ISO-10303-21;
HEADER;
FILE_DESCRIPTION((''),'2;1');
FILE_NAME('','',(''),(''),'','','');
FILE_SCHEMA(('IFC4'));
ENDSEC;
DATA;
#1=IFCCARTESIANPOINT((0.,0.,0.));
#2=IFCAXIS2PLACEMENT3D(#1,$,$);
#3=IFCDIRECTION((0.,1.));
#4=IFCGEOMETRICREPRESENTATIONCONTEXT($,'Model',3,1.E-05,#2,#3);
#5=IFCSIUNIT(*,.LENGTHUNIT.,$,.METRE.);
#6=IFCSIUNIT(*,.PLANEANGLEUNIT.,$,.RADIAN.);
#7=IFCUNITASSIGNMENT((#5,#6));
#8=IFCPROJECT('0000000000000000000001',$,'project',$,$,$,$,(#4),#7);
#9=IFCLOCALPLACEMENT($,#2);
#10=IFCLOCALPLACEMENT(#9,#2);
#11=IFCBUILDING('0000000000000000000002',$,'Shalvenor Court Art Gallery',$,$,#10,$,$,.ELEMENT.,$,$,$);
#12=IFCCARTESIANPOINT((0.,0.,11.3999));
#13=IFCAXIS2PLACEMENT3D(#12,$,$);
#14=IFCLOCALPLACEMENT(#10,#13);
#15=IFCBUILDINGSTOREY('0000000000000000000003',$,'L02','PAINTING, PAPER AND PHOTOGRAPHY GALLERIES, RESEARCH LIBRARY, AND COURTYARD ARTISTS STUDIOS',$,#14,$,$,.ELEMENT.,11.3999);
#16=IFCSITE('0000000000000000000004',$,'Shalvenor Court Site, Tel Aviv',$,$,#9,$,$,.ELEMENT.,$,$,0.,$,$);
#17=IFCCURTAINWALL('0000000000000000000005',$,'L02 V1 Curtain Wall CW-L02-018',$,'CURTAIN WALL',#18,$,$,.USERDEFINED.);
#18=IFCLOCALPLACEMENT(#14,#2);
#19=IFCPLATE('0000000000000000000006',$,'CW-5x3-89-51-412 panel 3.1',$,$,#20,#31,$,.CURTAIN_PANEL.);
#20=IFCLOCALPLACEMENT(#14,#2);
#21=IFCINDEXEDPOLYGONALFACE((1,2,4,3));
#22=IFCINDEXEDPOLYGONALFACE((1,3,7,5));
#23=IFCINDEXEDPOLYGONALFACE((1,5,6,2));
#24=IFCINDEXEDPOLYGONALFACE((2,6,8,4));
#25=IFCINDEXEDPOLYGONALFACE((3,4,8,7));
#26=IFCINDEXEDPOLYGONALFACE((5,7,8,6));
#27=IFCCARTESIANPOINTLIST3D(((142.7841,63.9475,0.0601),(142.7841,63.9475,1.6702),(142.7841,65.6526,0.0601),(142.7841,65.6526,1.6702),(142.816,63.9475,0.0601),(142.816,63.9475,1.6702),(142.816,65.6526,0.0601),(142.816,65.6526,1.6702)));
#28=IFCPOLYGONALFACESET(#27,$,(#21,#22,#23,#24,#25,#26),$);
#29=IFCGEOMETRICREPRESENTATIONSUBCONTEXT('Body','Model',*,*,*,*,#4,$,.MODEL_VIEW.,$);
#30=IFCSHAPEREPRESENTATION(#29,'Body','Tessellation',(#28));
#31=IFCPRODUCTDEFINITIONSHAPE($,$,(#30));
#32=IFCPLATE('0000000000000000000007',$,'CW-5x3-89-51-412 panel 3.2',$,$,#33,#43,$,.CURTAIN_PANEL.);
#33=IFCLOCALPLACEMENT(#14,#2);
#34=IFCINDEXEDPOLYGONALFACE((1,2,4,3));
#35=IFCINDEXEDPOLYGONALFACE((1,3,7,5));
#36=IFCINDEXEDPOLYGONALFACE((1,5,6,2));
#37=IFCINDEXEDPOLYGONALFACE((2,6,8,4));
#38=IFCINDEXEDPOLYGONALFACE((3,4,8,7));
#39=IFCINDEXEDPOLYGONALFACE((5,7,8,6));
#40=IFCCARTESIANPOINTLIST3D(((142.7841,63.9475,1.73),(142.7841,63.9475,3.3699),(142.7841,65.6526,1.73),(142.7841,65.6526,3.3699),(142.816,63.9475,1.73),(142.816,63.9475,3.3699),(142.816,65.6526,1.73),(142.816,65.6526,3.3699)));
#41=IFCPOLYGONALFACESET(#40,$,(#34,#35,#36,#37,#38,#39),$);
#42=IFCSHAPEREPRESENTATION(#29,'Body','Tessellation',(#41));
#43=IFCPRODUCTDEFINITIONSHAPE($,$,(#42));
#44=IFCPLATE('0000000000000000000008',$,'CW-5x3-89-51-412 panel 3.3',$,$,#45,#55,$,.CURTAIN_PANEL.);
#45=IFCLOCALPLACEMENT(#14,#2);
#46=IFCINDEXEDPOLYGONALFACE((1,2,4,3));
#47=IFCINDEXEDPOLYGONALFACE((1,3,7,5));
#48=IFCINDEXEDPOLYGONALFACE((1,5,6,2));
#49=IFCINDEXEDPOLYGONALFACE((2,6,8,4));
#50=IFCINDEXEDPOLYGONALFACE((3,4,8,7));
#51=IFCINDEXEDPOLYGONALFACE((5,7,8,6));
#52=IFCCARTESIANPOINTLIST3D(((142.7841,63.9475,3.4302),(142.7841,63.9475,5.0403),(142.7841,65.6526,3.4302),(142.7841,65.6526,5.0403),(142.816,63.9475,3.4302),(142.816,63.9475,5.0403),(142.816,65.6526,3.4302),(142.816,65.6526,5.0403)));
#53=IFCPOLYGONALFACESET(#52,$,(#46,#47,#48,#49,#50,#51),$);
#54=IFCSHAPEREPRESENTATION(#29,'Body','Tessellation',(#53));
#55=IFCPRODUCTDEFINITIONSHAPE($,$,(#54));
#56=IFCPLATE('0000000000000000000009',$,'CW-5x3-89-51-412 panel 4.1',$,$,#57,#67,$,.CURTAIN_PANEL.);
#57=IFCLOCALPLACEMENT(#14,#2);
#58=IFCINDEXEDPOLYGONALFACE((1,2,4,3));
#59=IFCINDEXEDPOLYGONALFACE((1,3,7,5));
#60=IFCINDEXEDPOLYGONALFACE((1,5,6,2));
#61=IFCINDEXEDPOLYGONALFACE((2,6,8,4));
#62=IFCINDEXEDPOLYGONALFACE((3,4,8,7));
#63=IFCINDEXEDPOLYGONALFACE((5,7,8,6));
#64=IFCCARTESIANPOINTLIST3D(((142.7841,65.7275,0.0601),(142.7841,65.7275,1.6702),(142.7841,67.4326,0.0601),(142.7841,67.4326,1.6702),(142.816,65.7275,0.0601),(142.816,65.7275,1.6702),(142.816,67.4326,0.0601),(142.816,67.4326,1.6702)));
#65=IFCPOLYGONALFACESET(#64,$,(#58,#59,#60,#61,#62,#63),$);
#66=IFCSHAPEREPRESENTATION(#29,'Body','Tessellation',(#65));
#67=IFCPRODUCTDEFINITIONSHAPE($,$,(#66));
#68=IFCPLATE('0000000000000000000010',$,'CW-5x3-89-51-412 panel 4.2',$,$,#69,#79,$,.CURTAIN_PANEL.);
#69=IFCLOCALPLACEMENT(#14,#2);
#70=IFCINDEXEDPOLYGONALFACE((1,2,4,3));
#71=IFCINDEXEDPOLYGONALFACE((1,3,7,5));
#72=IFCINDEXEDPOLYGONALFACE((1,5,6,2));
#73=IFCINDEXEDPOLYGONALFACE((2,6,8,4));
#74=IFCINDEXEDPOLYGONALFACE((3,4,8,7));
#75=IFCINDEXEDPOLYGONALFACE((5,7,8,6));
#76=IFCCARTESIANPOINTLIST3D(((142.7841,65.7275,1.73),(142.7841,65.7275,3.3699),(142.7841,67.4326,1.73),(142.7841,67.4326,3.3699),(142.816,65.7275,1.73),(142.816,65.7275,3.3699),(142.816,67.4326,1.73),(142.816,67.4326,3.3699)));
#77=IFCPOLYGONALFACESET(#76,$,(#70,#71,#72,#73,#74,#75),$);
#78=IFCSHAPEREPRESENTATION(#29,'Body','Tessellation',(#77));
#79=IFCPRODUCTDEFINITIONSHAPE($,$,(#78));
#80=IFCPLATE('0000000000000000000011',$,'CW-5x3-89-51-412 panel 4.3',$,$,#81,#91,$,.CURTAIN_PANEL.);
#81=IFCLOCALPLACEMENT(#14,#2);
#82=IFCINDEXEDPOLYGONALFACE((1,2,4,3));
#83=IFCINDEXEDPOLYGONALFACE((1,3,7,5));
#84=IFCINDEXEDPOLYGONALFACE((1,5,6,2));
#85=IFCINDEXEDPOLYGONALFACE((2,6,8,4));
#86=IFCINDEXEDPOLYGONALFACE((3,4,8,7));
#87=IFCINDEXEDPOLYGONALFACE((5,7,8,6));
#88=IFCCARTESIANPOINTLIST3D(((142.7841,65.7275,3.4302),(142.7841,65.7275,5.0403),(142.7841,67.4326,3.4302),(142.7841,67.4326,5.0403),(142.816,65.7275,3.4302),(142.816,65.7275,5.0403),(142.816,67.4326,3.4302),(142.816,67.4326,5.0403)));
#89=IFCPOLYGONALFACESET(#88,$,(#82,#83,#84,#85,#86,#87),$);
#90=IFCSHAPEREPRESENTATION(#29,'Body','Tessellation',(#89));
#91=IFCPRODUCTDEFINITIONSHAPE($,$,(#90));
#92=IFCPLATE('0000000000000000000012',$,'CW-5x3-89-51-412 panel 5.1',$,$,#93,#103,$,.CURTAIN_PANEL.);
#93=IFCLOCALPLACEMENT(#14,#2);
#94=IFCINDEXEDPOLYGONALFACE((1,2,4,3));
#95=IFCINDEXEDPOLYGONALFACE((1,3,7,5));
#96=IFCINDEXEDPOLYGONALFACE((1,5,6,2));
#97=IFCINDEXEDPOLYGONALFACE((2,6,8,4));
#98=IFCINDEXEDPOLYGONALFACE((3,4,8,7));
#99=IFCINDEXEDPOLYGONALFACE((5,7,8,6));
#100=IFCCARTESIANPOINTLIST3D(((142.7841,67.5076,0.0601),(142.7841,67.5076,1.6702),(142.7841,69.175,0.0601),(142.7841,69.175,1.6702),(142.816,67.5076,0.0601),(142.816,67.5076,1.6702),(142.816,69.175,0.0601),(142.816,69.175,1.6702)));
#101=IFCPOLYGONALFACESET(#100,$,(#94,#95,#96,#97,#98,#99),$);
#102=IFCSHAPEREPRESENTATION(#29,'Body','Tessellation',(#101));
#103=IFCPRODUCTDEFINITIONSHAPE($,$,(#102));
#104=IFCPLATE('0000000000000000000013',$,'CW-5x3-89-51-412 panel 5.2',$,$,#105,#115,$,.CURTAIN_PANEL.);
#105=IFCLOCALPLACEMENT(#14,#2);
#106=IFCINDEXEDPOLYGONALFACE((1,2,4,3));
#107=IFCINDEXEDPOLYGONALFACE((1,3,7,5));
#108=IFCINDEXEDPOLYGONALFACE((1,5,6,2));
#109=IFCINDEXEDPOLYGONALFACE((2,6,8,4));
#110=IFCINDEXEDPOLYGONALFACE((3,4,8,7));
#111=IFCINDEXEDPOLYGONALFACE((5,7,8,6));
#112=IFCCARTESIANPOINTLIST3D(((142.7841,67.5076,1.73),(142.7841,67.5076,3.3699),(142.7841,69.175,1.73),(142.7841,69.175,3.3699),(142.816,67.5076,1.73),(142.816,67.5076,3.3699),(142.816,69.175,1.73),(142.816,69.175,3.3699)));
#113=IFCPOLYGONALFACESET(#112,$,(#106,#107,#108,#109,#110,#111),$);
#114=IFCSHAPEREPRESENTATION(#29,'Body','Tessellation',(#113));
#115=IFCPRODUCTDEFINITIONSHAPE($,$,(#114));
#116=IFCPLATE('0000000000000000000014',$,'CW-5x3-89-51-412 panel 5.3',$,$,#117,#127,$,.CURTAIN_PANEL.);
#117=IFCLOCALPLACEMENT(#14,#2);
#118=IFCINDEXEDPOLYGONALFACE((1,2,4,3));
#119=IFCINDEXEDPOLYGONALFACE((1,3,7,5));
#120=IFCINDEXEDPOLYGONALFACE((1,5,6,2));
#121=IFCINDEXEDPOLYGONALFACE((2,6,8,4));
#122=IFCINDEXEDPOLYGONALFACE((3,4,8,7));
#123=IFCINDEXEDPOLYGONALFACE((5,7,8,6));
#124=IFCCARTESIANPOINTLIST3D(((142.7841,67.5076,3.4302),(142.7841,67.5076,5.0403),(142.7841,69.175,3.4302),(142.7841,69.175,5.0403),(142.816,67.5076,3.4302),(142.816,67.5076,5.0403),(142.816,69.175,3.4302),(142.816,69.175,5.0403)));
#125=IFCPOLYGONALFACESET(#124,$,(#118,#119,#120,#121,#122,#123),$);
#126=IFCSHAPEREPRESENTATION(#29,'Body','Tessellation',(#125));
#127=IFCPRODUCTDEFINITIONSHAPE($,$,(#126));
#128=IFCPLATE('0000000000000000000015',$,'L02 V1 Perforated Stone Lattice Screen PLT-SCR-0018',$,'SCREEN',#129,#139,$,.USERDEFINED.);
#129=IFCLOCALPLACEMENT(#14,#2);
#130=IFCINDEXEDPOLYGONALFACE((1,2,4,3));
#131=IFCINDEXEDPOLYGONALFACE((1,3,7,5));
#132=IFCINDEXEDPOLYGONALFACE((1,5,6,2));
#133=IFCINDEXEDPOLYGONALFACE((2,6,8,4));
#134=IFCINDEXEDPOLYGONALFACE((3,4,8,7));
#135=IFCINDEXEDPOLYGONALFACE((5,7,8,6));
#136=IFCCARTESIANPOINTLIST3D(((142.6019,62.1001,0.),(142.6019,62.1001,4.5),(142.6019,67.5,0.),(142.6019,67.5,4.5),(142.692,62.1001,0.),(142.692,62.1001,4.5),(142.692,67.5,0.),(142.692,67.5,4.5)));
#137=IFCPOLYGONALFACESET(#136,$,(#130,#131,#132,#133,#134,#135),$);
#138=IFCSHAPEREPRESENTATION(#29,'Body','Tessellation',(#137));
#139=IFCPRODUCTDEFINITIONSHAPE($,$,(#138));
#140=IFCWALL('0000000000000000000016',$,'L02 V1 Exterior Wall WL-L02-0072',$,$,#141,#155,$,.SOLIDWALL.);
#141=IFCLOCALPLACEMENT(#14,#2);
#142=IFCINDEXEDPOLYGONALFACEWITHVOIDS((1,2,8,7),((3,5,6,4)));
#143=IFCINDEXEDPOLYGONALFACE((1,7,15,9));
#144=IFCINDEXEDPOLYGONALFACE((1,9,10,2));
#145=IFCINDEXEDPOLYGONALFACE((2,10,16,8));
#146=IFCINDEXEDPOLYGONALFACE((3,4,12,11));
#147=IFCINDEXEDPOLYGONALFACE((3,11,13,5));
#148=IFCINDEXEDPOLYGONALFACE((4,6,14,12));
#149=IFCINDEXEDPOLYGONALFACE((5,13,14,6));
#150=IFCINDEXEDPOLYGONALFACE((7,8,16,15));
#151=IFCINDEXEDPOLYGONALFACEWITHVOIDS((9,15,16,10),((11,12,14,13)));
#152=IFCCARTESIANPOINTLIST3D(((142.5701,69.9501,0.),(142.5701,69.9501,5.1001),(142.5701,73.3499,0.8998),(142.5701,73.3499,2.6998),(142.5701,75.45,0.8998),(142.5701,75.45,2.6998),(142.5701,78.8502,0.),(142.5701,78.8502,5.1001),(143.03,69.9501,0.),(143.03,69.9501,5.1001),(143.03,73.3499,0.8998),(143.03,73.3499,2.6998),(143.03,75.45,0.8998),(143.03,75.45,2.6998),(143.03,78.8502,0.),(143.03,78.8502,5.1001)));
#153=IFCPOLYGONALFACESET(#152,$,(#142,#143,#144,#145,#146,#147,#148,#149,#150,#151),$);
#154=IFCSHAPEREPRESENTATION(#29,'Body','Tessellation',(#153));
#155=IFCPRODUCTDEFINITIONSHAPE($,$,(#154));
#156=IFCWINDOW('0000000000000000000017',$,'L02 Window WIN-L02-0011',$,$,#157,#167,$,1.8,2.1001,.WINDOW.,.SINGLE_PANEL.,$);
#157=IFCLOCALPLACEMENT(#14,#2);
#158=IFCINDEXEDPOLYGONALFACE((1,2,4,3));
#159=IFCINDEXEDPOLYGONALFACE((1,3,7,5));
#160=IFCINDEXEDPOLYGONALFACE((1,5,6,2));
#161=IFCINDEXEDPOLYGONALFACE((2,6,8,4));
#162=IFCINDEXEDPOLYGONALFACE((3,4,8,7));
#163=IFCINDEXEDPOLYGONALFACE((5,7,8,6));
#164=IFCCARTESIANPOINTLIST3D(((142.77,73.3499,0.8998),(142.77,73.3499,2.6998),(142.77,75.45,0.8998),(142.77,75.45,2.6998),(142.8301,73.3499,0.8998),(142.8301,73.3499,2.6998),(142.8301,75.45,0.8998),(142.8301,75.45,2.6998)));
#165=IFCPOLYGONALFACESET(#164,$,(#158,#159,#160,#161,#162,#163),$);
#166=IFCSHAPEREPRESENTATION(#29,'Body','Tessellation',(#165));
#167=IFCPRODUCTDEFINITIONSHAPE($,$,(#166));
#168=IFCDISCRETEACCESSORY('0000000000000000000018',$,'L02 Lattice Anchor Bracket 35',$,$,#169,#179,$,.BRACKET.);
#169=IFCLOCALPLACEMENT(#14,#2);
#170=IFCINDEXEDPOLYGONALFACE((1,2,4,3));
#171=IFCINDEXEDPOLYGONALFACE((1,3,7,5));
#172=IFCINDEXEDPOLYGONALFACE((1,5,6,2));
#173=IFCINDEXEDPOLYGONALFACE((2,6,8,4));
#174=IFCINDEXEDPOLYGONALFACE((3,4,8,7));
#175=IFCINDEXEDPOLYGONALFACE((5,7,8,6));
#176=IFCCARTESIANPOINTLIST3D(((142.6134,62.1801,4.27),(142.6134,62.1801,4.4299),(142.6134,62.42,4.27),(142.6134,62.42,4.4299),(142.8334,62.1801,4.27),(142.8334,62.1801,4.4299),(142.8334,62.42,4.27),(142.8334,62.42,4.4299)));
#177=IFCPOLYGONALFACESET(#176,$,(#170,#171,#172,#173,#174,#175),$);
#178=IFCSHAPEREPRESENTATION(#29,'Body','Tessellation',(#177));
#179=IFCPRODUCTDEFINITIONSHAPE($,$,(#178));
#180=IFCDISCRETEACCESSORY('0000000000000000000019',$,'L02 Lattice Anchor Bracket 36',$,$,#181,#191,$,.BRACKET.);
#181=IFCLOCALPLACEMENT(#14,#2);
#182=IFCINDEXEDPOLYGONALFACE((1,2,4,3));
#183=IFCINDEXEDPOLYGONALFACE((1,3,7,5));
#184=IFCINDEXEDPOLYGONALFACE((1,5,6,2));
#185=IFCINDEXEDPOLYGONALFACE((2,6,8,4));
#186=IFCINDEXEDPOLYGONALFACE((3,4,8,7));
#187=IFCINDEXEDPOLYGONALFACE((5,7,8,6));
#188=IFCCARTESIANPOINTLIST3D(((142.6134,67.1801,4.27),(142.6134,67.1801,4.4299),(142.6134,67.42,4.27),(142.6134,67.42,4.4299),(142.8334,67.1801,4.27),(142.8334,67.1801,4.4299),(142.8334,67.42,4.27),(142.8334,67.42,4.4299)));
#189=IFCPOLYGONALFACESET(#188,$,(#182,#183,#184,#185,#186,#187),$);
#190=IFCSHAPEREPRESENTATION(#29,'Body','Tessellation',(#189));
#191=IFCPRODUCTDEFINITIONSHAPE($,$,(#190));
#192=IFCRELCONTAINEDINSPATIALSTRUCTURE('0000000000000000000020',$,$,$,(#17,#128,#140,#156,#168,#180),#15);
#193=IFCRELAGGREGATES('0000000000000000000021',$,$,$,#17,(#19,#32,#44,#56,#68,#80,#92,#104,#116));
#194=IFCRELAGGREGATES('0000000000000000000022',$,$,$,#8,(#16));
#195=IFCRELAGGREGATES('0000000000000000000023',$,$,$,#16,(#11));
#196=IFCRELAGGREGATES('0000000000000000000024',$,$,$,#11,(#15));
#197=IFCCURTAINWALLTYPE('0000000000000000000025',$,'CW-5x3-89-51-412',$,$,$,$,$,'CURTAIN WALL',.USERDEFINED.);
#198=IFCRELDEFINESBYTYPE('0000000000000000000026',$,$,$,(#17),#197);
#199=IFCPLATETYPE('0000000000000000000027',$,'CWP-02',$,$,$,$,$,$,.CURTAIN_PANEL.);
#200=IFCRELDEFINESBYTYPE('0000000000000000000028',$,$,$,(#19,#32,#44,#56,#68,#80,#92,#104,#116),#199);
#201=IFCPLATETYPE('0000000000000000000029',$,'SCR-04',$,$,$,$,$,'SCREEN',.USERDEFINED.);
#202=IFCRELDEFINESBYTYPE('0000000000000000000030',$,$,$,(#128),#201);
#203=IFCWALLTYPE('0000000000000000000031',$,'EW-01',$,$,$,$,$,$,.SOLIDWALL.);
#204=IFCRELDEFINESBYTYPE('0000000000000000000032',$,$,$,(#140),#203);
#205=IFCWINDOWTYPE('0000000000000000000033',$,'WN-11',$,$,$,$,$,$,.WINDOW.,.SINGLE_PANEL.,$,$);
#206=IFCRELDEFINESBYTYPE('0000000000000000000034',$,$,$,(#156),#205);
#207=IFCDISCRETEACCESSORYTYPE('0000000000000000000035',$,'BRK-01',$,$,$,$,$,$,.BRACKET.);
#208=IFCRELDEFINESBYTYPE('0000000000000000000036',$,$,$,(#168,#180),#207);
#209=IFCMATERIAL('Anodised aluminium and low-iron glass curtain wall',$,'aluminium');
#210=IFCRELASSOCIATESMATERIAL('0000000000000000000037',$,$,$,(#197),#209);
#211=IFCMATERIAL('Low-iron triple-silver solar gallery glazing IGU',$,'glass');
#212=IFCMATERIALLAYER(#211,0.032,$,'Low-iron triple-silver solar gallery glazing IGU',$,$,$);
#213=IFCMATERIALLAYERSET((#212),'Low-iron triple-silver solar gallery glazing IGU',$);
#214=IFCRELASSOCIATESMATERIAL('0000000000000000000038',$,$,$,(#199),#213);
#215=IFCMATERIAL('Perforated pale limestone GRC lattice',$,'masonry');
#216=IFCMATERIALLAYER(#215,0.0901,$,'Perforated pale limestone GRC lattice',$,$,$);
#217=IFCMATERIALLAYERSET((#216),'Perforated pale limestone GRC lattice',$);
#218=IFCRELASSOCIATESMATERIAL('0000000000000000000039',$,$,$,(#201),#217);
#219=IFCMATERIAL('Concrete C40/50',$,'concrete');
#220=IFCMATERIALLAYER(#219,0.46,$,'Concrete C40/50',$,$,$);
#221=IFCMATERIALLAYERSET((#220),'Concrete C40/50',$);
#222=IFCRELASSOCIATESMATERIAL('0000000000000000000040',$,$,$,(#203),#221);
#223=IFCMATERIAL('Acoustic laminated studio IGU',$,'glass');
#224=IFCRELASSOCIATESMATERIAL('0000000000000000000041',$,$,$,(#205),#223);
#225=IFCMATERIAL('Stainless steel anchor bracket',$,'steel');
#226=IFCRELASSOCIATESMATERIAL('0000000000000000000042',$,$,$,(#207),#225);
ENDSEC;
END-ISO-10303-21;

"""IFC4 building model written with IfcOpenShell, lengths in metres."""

from ifc_helpers import new_model, si_unit, direction, frame, frame_2d, origin, origin_2d, place, context, subcontext, project, spatial, rectangle, extrude, material, layer, layer_set, type_object, element, fill, aggregate, save


model = new_model("IFC4")

# Units and contexts
model_context = context("Model", 3, precision=1e-05, world=origin(), true_north=direction((0.0, 1.0)))
body_context = subcontext(model_context, "Body", "Model", "MODEL_VIEW")
ifc_project = project(units=[si_unit("LENGTHUNIT", "METRE"), si_unit("PLANEANGLEUNIT", "RADIAN")], contexts=[model_context])

# Site, building, storey
site_placement = place(None, origin())
site = spatial("IfcSite", under=ifc_project, at=site_placement, Name="Shalvenor Court Site, Tel Aviv", CompositionType="ELEMENT", RefElevation=0.0)
building_placement = place(site_placement, origin())
building = spatial("IfcBuilding", under=site, at=building_placement, Name="Shalvenor Court Art Gallery", CompositionType="ELEMENT")
storey_placement = place(building_placement, frame((0.0, 0.0, 11.3999)))
storey = spatial("IfcBuildingStorey", under=building, at=storey_placement, Name="L02", Description="PAINTING, PAPER AND PHOTOGRAPHY GALLERIES, RESEARCH LIBRARY, AND COURTYARD ARTISTS STUDIOS", CompositionType="ELEMENT", Elevation=11.3999)

# Curtain wall, plates
ifc_material_1 = material(Name="Anodised aluminium and low-iron glass curtain wall", Category="aluminium")
curtain_wall_type = type_object("IfcCurtainWallType", Name="CW-5x3-89-51-412", ElementType="CURTAIN WALL", PredefinedType="USERDEFINED", material=ifc_material_1)
curtain_wall_placement = place(storey_placement, origin())
curtain_wall = element("IfcCurtainWall", 1, at=curtain_wall_placement, inside=storey, type_object=curtain_wall_type, Name="L02 V1 Curtain Wall CW-L02-018", ObjectType="CURTAIN WALL", PredefinedType="USERDEFINED")
ifc_material_2 = material(Name="Low-iron triple-silver solar gallery glazing IGU", Category="glass")
ifc_layer_1 = layer(ifc_material_2, 0.032, Name="Low-iron triple-silver solar gallery glazing IGU")
ifc_layer_set_1 = layer_set([ifc_layer_1], Name="Low-iron triple-silver solar gallery glazing IGU")
plate_type_1 = type_object("IfcPlateType", Name="CWP-02", PredefinedType="CURTAIN_PANEL", material=ifc_layer_set_1)
plate_1_placement = place(storey_placement, frame((142.8, 64.8, 0.0601), z_axis=(0.0, 0.0, 1.0), x_axis=(0.0, 1.0, 0.0)))
plate_1 = element("IfcPlate", 2, at=plate_1_placement, type_object=plate_type_1, Name="CW-5x3-89-51-412 panel 3.1", PredefinedType="CURTAIN_PANEL", context=body_context, shape_type="SweptSolid", body=[
    extrude(rectangle(XDim=1.7051, YDim=0.032, at=origin_2d()), origin(), (0.0, 0.0, 1.0), 1.6101),
])
plate_2_placement = place(storey_placement, frame((142.8, 64.8, 1.73), z_axis=(0.0, 0.0, 1.0), x_axis=(0.0, 1.0, 0.0)))
plate_2 = element("IfcPlate", 3, at=plate_2_placement, type_object=plate_type_1, Name="CW-5x3-89-51-412 panel 3.2", PredefinedType="CURTAIN_PANEL", context=body_context, shape_type="SweptSolid", body=[
    extrude(rectangle(XDim=1.7051, YDim=0.032, at=origin_2d()), origin(), (0.0, 0.0, 1.0), 1.6399),
])
plate_3_placement = place(storey_placement, frame((142.8, 64.8, 3.4302), z_axis=(0.0, 0.0, 1.0), x_axis=(0.0, 1.0, 0.0)))
plate_3 = element("IfcPlate", 4, at=plate_3_placement, type_object=plate_type_1, Name="CW-5x3-89-51-412 panel 3.3", PredefinedType="CURTAIN_PANEL", context=body_context, shape_type="SweptSolid", body=[
    extrude(rectangle(XDim=1.7051, YDim=0.032, at=origin_2d()), origin(), (0.0, 0.0, 1.0), 1.6101),
])
plate_4_placement = place(storey_placement, frame((142.8, 66.5801, 0.0601), z_axis=(0.0, 0.0, 1.0), x_axis=(0.0, 1.0, 0.0)))
plate_4 = element("IfcPlate", 5, at=plate_4_placement, type_object=plate_type_1, Name="CW-5x3-89-51-412 panel 4.1", PredefinedType="CURTAIN_PANEL", context=body_context, shape_type="SweptSolid", body=[
    extrude(rectangle(XDim=1.7051, YDim=0.032, at=origin_2d()), origin(), (0.0, 0.0, 1.0), 1.6101),
])
plate_5_placement = place(storey_placement, frame((142.8, 66.5801, 1.73), z_axis=(0.0, 0.0, 1.0), x_axis=(0.0, 1.0, 0.0)))
plate_5 = element("IfcPlate", 6, at=plate_5_placement, type_object=plate_type_1, Name="CW-5x3-89-51-412 panel 4.2", PredefinedType="CURTAIN_PANEL", context=body_context, shape_type="SweptSolid", body=[
    extrude(rectangle(XDim=1.7051, YDim=0.032, at=origin_2d()), origin(), (0.0, 0.0, 1.0), 1.6399),
])
plate_6_placement = place(storey_placement, frame((142.8, 66.5801, 3.4302), z_axis=(0.0, 0.0, 1.0), x_axis=(0.0, 1.0, 0.0)))
plate_6 = element("IfcPlate", 7, at=plate_6_placement, type_object=plate_type_1, Name="CW-5x3-89-51-412 panel 4.3", PredefinedType="CURTAIN_PANEL", context=body_context, shape_type="SweptSolid", body=[
    extrude(rectangle(XDim=1.7051, YDim=0.032, at=origin_2d()), origin(), (0.0, 0.0, 1.0), 1.6101),
])
plate_7_placement = place(storey_placement, frame((142.8, 68.3413, 0.0601), z_axis=(0.0, 0.0, 1.0), x_axis=(0.0, 1.0, 0.0)))
plate_7 = element("IfcPlate", 8, at=plate_7_placement, type_object=plate_type_1, Name="CW-5x3-89-51-412 panel 5.1", PredefinedType="CURTAIN_PANEL", context=body_context, shape_type="SweptSolid", body=[
    extrude(rectangle(XDim=1.6675, YDim=0.032, at=origin_2d()), origin(), (0.0, 0.0, 1.0), 1.6101),
])
plate_8_placement = place(storey_placement, frame((142.8, 68.3413, 1.73), z_axis=(0.0, 0.0, 1.0), x_axis=(0.0, 1.0, 0.0)))
plate_8 = element("IfcPlate", 9, at=plate_8_placement, type_object=plate_type_1, Name="CW-5x3-89-51-412 panel 5.2", PredefinedType="CURTAIN_PANEL", context=body_context, shape_type="SweptSolid", body=[
    extrude(rectangle(XDim=1.6675, YDim=0.032, at=origin_2d()), origin(), (0.0, 0.0, 1.0), 1.6399),
])
plate_9_placement = place(storey_placement, frame((142.8, 68.3413, 3.4302), z_axis=(0.0, 0.0, 1.0), x_axis=(0.0, 1.0, 0.0)))
plate_9 = element("IfcPlate", 10, at=plate_9_placement, type_object=plate_type_1, Name="CW-5x3-89-51-412 panel 5.3", PredefinedType="CURTAIN_PANEL", context=body_context, shape_type="SweptSolid", body=[
    extrude(rectangle(XDim=1.6675, YDim=0.032, at=origin_2d()), origin(), (0.0, 0.0, 1.0), 1.6101),
])
aggregate(curtain_wall, [plate_1, plate_2, plate_3, plate_4, plate_5, plate_6, plate_7, plate_8, plate_9])

# Plate
ifc_material_3 = material(Name="Perforated pale limestone GRC lattice", Category="masonry")
ifc_layer_2 = layer(ifc_material_3, 0.0901, Name="Perforated pale limestone GRC lattice")
ifc_layer_set_2 = layer_set([ifc_layer_2], Name="Perforated pale limestone GRC lattice")
plate_type_2 = type_object("IfcPlateType", Name="SCR-04", ElementType="SCREEN", PredefinedType="USERDEFINED", material=ifc_layer_set_2)
plate_10_placement = place(storey_placement, frame((142.647, 64.8, 0.0), z_axis=(0.0, 0.0, 1.0), x_axis=(0.0, 1.0, 0.0)))
element("IfcPlate", 11, at=plate_10_placement, inside=storey, type_object=plate_type_2, Name="L02 V1 Perforated Stone Lattice Screen PLT-SCR-0018", ObjectType="SCREEN", PredefinedType="USERDEFINED", context=body_context, shape_type="SweptSolid", body=[
    extrude(rectangle(XDim=5.3999, YDim=0.0901, at=origin_2d()), origin(), (0.0, 0.0, 1.0), 4.5),
])

# Wall, opening, window
ifc_material_4 = material(Name="Concrete C40/50", Category="concrete")
ifc_layer_3 = layer(ifc_material_4, 0.46, Name="Concrete C40/50")
ifc_layer_set_3 = layer_set([ifc_layer_3], Name="Concrete C40/50")
wall_type = type_object("IfcWallType", Name="EW-01", PredefinedType="SOLIDWALL", material=ifc_layer_set_3)
wall_placement = place(storey_placement, frame((142.8, 69.95, 0.0), z_axis=(0.0, 0.0, 1.0), x_axis=(0.0, 1.0, 0.0)))
wall = element("IfcWall", 12, at=wall_placement, inside=storey, type_object=wall_type, Name="L02 V1 Exterior Wall WL-L02-0072", PredefinedType="SOLIDWALL", context=body_context, shape_type="SweptSolid", body=[
    extrude(rectangle(XDim=8.9001, YDim=0.46, at=frame_2d((4.4502, 0.0))), origin(), (0.0, 0.0, 1.0), 5.1001),
])
opening_placement = place(wall_placement, frame((3.3999, 0.0, 0.8999)))
opening = element("IfcOpeningElement", 13, at=opening_placement, cuts=wall, PredefinedType="OPENING", context=body_context, shape_type="SweptSolid", body=[
    extrude(rectangle(XDim=2.1001, YDim=1.8, at=frame_2d((1.05, 0.8999))), frame((0.0, 0.24, 0.0), z_axis=(0.0, -1.0, 0.0), x_axis=(1.0, 0.0, 0.0)), (0.0, 0.0, 1.0), 0.48),
])
ifc_material_5 = material(Name="Acoustic laminated studio IGU", Category="glass")
window_type = type_object("IfcWindowType", Name="WN-11", PartitioningType="SINGLE_PANEL", PredefinedType="WINDOW", material=ifc_material_5)
window_placement = place(opening_placement, origin())
window = element("IfcWindow", 14, at=window_placement, inside=storey, type_object=window_type, Name="L02 Window WIN-L02-0011", OverallHeight=1.8, OverallWidth=2.1001, PartitioningType="SINGLE_PANEL", PredefinedType="WINDOW", context=body_context, shape_type="SweptSolid", body=[
    extrude(rectangle(XDim=2.1001, YDim=1.8, at=frame_2d((1.05, 0.8999))), frame((0.0, 0.03, 0.0), z_axis=(0.0, -1.0, 0.0), x_axis=(1.0, 0.0, 0.0)), (0.0, 0.0, 1.0), 0.0601),
])
fill(opening, window)

# Discrete accessories
ifc_material_6 = material(Name="Stainless steel anchor bracket", Category="steel")
discrete_accessory_type = type_object("IfcDiscreteAccessoryType", Name="BRK-01", PredefinedType="BRACKET", material=ifc_material_6)
for number, where, z_axis, x_axis, name in (
    (15, (142.7234, 62.3, 4.27), (0.0, 0.0, 1.0), (0.0, 1.0, 0.0), "L02 Lattice Anchor Bracket 35"),
    (16, (142.7234, 67.3, 4.27), (0.0, 0.0, 1.0), (0.0, 1.0, 0.0), "L02 Lattice Anchor Bracket 36"),
):
    element("IfcDiscreteAccessory", number, at=place(storey_placement, frame(where, z_axis=z_axis, x_axis=x_axis)), inside=storey, type_object=discrete_accessory_type, Name=name, PredefinedType="BRACKET", context=body_context, shape_type="SweptSolid", body=[
        extrude(rectangle(XDim=0.24, YDim=0.22, at=origin_2d()), origin(), (0.0, 0.0, 1.0), 0.1599),
    ])

save(model, "model.ifc")
